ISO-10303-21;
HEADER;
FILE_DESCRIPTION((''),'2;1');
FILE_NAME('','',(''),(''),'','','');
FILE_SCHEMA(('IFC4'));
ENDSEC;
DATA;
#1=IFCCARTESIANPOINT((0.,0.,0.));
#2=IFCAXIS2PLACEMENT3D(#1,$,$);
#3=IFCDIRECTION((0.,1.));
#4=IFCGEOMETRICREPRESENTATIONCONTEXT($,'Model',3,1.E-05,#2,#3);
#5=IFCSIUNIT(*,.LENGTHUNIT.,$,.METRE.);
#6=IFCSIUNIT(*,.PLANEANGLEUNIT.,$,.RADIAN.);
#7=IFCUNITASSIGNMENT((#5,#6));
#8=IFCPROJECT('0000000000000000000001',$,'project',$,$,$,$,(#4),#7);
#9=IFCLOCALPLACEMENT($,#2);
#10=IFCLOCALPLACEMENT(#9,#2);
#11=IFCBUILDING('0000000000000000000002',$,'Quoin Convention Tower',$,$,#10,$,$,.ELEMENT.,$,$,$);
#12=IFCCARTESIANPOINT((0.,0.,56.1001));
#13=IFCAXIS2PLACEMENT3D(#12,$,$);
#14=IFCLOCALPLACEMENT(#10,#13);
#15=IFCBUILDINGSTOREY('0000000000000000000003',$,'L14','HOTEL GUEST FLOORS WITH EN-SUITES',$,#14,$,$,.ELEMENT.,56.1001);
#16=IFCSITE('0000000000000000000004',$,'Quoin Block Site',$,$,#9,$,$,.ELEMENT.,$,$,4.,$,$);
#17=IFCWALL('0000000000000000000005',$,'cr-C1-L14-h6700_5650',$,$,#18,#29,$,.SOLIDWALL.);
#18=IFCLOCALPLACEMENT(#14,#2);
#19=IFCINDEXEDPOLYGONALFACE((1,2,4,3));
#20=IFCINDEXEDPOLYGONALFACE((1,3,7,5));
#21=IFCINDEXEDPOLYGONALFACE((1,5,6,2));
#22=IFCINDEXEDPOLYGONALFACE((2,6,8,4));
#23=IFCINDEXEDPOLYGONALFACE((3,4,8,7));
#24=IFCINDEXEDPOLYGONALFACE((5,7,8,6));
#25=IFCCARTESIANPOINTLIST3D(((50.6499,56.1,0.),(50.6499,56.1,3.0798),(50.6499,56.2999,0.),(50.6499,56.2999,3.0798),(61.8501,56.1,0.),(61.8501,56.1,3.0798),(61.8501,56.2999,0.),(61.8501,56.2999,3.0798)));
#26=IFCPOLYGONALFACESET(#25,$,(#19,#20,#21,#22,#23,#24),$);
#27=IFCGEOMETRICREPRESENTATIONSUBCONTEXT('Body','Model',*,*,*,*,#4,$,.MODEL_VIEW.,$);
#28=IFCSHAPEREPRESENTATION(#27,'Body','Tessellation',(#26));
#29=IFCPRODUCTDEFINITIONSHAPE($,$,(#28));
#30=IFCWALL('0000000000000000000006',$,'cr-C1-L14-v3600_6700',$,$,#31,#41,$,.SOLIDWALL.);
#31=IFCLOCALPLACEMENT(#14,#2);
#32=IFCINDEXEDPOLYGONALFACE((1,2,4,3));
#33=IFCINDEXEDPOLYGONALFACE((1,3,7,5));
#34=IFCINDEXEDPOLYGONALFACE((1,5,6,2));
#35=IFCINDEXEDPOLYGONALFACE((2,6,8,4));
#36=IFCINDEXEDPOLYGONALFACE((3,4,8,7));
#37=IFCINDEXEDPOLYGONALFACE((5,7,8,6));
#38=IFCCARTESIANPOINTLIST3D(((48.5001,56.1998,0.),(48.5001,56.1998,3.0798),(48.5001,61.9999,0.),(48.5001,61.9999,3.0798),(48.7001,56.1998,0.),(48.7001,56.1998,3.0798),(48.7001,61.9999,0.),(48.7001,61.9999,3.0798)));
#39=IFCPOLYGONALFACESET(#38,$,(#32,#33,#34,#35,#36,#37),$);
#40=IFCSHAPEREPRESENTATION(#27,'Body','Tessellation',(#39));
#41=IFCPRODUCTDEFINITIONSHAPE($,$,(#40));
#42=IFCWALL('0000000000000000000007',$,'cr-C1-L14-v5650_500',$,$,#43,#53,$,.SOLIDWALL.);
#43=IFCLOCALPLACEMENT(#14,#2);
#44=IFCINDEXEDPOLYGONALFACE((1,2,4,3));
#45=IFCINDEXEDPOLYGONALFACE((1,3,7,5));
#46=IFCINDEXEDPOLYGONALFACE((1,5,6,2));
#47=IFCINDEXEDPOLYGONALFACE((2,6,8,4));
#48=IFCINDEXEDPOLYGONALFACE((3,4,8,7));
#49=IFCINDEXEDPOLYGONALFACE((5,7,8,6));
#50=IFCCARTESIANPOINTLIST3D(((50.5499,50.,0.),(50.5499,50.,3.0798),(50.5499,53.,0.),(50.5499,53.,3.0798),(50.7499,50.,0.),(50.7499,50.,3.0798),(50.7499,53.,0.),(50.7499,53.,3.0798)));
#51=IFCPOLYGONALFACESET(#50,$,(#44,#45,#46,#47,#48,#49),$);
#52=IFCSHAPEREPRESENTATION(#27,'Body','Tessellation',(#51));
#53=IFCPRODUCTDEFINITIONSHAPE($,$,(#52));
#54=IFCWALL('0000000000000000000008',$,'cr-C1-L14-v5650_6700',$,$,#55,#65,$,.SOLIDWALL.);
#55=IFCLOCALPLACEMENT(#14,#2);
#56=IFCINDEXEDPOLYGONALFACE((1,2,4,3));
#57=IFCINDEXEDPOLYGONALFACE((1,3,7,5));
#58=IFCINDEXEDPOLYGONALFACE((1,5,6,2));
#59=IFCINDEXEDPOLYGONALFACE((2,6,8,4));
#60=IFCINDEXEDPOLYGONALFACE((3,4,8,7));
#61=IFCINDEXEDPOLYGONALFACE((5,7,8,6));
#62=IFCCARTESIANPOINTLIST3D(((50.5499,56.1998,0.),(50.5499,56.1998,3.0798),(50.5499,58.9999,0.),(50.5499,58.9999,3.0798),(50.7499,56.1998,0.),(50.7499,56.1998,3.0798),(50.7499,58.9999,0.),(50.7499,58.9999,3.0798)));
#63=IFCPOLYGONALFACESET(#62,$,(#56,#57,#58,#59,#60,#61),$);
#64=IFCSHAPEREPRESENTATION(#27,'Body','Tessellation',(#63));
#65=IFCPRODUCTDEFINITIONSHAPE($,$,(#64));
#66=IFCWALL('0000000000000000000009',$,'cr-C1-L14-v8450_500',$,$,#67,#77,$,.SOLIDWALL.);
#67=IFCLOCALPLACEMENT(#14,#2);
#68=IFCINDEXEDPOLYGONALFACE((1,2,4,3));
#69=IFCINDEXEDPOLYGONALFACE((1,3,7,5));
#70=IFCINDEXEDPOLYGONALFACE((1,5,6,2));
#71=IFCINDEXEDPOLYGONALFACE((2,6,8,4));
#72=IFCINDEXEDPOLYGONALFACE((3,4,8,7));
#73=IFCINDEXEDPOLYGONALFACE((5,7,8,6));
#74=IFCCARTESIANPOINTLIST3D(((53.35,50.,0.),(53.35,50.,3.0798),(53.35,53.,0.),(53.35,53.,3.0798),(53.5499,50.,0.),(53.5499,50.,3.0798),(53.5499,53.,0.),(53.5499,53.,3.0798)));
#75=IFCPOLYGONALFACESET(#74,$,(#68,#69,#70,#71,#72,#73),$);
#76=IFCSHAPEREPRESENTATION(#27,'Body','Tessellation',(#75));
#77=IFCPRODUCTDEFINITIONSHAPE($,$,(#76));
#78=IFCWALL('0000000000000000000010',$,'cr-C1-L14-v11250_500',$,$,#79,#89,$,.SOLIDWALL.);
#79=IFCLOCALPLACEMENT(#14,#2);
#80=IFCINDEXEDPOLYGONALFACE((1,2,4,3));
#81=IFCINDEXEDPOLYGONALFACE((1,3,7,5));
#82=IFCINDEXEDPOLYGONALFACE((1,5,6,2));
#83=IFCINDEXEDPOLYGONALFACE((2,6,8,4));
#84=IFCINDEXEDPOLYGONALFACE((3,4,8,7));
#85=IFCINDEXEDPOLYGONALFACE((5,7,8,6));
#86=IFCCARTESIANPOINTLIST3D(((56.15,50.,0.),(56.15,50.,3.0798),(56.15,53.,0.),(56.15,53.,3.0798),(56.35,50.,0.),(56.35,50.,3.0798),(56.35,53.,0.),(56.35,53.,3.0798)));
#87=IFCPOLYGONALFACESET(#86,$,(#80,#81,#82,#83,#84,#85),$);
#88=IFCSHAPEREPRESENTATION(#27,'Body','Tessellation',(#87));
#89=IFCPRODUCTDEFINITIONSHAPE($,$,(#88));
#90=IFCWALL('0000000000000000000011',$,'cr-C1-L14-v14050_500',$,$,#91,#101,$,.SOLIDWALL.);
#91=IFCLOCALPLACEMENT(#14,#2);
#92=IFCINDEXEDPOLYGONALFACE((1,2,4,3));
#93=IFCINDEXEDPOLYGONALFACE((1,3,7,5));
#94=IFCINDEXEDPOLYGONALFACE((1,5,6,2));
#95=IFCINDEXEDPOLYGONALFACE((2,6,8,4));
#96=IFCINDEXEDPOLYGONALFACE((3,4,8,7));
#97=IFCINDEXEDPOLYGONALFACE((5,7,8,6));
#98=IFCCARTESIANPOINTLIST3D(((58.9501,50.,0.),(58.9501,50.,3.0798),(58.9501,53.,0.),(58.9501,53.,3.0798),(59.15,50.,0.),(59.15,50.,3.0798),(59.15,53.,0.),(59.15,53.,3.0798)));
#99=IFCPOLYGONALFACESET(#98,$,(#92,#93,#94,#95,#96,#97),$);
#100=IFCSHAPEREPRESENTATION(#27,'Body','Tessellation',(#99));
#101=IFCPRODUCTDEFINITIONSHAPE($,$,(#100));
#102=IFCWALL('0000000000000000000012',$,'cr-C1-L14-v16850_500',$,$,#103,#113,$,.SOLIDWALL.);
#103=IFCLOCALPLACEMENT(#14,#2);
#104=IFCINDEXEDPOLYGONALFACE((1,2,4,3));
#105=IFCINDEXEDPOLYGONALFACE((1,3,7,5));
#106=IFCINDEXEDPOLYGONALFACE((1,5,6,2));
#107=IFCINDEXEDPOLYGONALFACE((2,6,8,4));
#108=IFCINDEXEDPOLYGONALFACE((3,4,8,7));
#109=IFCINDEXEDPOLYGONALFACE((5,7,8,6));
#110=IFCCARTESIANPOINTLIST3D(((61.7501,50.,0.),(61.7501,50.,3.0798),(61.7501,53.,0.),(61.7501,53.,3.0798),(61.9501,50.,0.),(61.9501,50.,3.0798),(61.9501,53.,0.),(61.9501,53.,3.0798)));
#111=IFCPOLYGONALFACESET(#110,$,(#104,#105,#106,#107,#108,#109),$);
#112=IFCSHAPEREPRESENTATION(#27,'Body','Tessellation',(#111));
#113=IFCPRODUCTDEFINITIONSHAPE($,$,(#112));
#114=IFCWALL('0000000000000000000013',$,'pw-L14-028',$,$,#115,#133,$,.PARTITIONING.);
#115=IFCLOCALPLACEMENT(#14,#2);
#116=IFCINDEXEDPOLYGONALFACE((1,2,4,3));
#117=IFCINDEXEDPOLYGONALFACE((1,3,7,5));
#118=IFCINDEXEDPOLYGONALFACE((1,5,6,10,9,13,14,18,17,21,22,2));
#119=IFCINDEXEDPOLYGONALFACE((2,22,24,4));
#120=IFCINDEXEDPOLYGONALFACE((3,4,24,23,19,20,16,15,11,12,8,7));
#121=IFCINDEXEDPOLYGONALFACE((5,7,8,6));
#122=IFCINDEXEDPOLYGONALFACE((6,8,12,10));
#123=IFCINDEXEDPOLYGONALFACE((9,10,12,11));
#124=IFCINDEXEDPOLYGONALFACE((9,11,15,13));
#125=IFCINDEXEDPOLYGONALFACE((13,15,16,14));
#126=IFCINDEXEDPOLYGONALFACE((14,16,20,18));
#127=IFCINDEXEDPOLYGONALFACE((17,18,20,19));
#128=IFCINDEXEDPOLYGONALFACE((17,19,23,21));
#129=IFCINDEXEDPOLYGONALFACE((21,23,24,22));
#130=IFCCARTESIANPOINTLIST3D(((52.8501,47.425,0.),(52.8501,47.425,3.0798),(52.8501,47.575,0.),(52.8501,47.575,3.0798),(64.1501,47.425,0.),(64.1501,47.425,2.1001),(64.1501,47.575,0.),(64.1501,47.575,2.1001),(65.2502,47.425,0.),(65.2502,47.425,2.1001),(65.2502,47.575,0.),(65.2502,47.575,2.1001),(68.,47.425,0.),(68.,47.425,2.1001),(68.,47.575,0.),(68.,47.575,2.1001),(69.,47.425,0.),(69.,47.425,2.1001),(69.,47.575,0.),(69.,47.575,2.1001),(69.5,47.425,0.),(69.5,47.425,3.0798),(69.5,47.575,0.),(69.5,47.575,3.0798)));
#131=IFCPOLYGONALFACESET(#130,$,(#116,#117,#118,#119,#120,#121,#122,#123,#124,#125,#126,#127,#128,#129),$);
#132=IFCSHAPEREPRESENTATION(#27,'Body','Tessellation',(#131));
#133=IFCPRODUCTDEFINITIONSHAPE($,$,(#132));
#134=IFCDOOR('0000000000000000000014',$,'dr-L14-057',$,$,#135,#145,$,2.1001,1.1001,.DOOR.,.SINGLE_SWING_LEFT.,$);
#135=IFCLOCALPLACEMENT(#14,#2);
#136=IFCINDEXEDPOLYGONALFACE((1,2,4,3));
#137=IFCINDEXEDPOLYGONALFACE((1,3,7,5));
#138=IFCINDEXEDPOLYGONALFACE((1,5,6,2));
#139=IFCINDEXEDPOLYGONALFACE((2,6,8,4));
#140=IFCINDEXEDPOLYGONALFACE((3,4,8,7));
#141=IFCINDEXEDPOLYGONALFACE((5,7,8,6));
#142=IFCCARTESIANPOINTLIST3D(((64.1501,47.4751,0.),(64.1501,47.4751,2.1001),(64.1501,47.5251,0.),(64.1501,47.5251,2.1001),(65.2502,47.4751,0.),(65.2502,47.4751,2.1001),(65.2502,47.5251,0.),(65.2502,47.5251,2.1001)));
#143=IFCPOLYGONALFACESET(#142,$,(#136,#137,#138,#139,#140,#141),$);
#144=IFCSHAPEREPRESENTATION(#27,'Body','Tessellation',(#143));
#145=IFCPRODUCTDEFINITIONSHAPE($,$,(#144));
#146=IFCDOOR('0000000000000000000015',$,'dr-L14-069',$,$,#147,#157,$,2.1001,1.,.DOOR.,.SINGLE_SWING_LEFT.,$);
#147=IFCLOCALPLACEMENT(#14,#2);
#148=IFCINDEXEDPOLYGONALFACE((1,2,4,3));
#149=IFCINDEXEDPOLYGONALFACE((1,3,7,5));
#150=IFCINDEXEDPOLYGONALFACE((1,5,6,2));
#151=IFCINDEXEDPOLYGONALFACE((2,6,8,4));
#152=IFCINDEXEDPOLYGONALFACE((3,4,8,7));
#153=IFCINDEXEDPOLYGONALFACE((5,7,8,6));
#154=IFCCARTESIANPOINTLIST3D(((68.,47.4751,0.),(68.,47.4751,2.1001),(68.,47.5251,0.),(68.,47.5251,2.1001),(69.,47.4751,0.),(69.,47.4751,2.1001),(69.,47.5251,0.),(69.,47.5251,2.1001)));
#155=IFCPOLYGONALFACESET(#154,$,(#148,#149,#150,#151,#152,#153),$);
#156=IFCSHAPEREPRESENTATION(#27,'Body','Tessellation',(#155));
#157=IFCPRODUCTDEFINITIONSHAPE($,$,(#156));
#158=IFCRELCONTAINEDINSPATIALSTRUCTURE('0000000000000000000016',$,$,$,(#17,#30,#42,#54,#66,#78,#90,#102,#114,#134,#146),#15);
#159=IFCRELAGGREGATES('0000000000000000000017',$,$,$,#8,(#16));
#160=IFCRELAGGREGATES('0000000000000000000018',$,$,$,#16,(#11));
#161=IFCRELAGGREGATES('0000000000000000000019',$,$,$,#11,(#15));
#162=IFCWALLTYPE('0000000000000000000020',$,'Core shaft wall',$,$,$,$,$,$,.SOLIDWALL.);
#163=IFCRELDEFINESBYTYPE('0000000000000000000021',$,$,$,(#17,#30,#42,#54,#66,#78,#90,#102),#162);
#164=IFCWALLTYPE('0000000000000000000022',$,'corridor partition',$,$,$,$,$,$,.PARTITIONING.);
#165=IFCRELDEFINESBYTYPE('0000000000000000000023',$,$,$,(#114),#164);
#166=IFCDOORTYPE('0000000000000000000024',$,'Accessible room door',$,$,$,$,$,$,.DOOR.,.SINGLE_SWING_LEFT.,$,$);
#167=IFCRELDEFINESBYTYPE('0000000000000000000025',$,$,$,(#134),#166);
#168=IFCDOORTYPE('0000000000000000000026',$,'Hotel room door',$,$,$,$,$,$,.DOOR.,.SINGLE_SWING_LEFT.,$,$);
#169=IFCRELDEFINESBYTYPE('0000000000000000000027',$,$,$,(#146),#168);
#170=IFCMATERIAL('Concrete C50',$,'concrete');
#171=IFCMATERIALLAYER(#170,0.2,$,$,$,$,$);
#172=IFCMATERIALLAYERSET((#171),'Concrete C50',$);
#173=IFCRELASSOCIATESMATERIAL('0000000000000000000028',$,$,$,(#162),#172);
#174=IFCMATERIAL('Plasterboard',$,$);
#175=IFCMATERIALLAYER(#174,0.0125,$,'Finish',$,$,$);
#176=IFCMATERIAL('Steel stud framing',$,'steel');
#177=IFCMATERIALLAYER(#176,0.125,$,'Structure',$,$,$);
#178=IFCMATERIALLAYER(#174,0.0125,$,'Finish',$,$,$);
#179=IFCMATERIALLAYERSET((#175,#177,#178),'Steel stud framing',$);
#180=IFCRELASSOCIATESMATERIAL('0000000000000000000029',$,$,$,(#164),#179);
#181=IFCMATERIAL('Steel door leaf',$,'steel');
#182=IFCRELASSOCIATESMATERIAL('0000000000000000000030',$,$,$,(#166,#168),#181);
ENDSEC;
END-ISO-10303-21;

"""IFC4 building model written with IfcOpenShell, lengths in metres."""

from ifc_helpers import new_model, si_unit, direction, frame, frame_2d, origin, place, context, subcontext, project, spatial, rectangle, extrude, material, layer, layer_set, type_object, element, fill, save


model = new_model("IFC4")

# Units and contexts
model_context = context("Model", 3, precision=1e-05, world=origin(), true_north=direction((0.0, 1.0)))
body_context = subcontext(model_context, "Body", "Model", "MODEL_VIEW")
ifc_project = project(units=[si_unit("LENGTHUNIT", "METRE"), si_unit("PLANEANGLEUNIT", "RADIAN")], contexts=[model_context])

# Site, building, storey
site_placement = place(None, origin())
site = spatial("IfcSite", under=ifc_project, at=site_placement, Name="Quoin Block Site", CompositionType="ELEMENT", RefElevation=4.0)
building_placement = place(site_placement, origin())
building = spatial("IfcBuilding", under=site, at=building_placement, Name="Quoin Convention Tower", CompositionType="ELEMENT")
storey_placement = place(building_placement, frame((0.0, 0.0, 56.1001)))
storey = spatial("IfcBuildingStorey", under=building, at=storey_placement, Name="L14", Description="HOTEL GUEST FLOORS WITH EN-SUITES", CompositionType="ELEMENT", Elevation=56.1001)

# Shared definitions
ifc_material_1 = material(Name="Plasterboard")
ifc_material_2 = material(Name="Steel stud framing", Category="steel")
ifc_material_3 = material(Name="Steel door leaf", Category="steel")

# Shared definitions
ifc_material_4 = material(Name="Concrete C50", Category="concrete")
ifc_layer_1 = layer(ifc_material_4, 0.2)
ifc_layer_set_1 = layer_set([ifc_layer_1], Name="Concrete C50")
wall_type_1 = type_object("IfcWallType", Name="Core shaft wall", PredefinedType="SOLIDWALL", material=ifc_layer_set_1)

# Walls
wall_1_placement = place(storey_placement, frame((50.6499, 56.2, 0.0), z_axis=(0.0, 0.0, 1.0), x_axis=(1.0, 0.0, 0.0)))
element("IfcWall", 1, at=wall_1_placement, inside=storey, type_object=wall_type_1, Name="cr-C1-L14-h6700_5650", PredefinedType="SOLIDWALL", context=body_context, shape_type="SweptSolid", body=[
    extrude(rectangle(XDim=11.2002, YDim=0.2, at=frame_2d((5.6001, 0.0))), origin(), (0.0, 0.0, 1.0), 3.0798),
])
wall_2_placement = place(storey_placement, frame((48.6001, 56.2, 0.0), z_axis=(0.0, 0.0, 1.0), x_axis=(0.0, 1.0, 0.0)))
element("IfcWall", 2, at=wall_2_placement, inside=storey, type_object=wall_type_1, Name="cr-C1-L14-v3600_6700", PredefinedType="SOLIDWALL", context=body_context, shape_type="SweptSolid", body=[
    extrude(rectangle(XDim=5.8, YDim=0.2, at=frame_2d((2.8999, 0.0))), origin(), (0.0, 0.0, 1.0), 3.0798),
])
wall_3_placement = place(storey_placement, frame((50.6499, 50.0, 0.0), z_axis=(0.0, 0.0, 1.0), x_axis=(0.0, 1.0, 0.0)))
element("IfcWall", 3, at=wall_3_placement, inside=storey, type_object=wall_type_1, Name="cr-C1-L14-v5650_500", PredefinedType="SOLIDWALL", context=body_context, shape_type="SweptSolid", body=[
    extrude(rectangle(XDim=3.0, YDim=0.2, at=frame_2d((1.5, 0.0))), origin(), (0.0, 0.0, 1.0), 3.0798),
])
wall_4_placement = place(storey_placement, frame((50.6499, 56.2, 0.0), z_axis=(0.0, 0.0, 1.0), x_axis=(0.0, 1.0, 0.0)))
element("IfcWall", 4, at=wall_4_placement, inside=storey, type_object=wall_type_1, Name="cr-C1-L14-v5650_6700", PredefinedType="SOLIDWALL", context=body_context, shape_type="SweptSolid", body=[
    extrude(rectangle(XDim=2.8, YDim=0.2, at=frame_2d((1.3999, 0.0))), origin(), (0.0, 0.0, 1.0), 3.0798),
])
for number, where, z_axis, x_axis, name in (
    (5, (53.45, 50.0, 0.0), (0.0, 0.0, 1.0), (0.0, 1.0, 0.0), "cr-C1-L14-v8450_500"),
    (6, (56.25, 50.0, 0.0), (0.0, 0.0, 1.0), (0.0, 1.0, 0.0), "cr-C1-L14-v11250_500"),
    (7, (59.05, 50.0, 0.0), (0.0, 0.0, 1.0), (0.0, 1.0, 0.0), "cr-C1-L14-v14050_500"),
    (8, (61.8501, 50.0, 0.0), (0.0, 0.0, 1.0), (0.0, 1.0, 0.0), "cr-C1-L14-v16850_500"),
):
    element("IfcWall", number, at=place(storey_placement, frame(where, z_axis=z_axis, x_axis=x_axis)), inside=storey, type_object=wall_type_1, Name=name, PredefinedType="SOLIDWALL", context=body_context, shape_type="SweptSolid", body=[
        extrude(rectangle(XDim=3.0, YDim=0.2, at=frame_2d((1.5, 0.0))), origin(), (0.0, 0.0, 1.0), 3.0798),
    ])

# Wall, openings, doors
ifc_layer_2 = layer(ifc_material_1, 0.0125, Name="Finish")
ifc_layer_3 = layer(ifc_material_2, 0.125, Name="Structure")
ifc_layer_4 = layer(ifc_material_1, 0.0125, Name="Finish")
ifc_layer_set_2 = layer_set([ifc_layer_2, ifc_layer_3, ifc_layer_4], Name="Steel stud framing")
wall_type_2 = type_object("IfcWallType", Name="corridor partition", PredefinedType="PARTITIONING", material=ifc_layer_set_2)
wall_5_placement = place(storey_placement, frame((52.8501, 47.5, 0.0), z_axis=(0.0, 0.0, 1.0), x_axis=(1.0, 0.0, 0.0)))
wall_5 = element("IfcWall", 9, at=wall_5_placement, inside=storey, type_object=wall_type_2, Name="pw-L14-028", PredefinedType="PARTITIONING", context=body_context, shape_type="SweptSolid", body=[
    extrude(rectangle(XDim=16.6499, YDim=0.1499, at=frame_2d((8.325, 0.0))), origin(), (0.0, 0.0, 1.0), 3.0798),
])
opening_1_placement = place(wall_5_placement, frame((11.3, 0.0, 0.0)))
opening_1 = element("IfcOpeningElement", 10, at=opening_1_placement, cuts=wall_5, PredefinedType="OPENING", context=body_context, shape_type="SweptSolid", body=[
    extrude(rectangle(XDim=1.1001, YDim=2.1001, at=frame_2d((0.55, 1.05))), frame((0.0, 0.085, 0.0), z_axis=(0.0, -1.0, 0.0), x_axis=(1.0, 0.0, 0.0)), (0.0, 0.0, 1.0), 0.1699),
])
opening_2_placement = place(wall_5_placement, frame((15.1499, 0.0, 0.0)))
opening_2 = element("IfcOpeningElement", 11, at=opening_2_placement, cuts=wall_5, PredefinedType="OPENING", context=body_context, shape_type="SweptSolid", body=[
    extrude(rectangle(XDim=1.0, YDim=2.1001, at=frame_2d((0.5, 1.05))), frame((0.0, 0.085, 0.0), z_axis=(0.0, -1.0, 0.0), x_axis=(1.0, 0.0, 0.0)), (0.0, 0.0, 1.0), 0.1699),
])
door_type_1 = type_object("IfcDoorType", Name="Accessible room door", OperationType="SINGLE_SWING_LEFT", PredefinedType="DOOR", material=ifc_material_3)
door_1_placement = place(opening_1_placement, frame((1.1001, 0.0, 0.0), z_axis=(0.0, 0.0, 1.0), x_axis=(-1.0, 0.0, 0.0)))
door_1 = element("IfcDoor", 12, at=door_1_placement, inside=storey, type_object=door_type_1, Name="dr-L14-057", OperationType="SINGLE_SWING_LEFT", OverallHeight=2.1001, OverallWidth=1.1001, PredefinedType="DOOR", context=body_context, shape_type="SweptSolid", body=[
    extrude(rectangle(XDim=1.1001, YDim=2.1001, at=frame_2d((0.55, 1.05))), frame((0.0, 0.0249, 0.0), z_axis=(0.0, -1.0, 0.0), x_axis=(1.0, 0.0, 0.0)), (0.0, 0.0, 1.0), 0.05),
])
fill(opening_1, door_1)
door_type_2 = type_object("IfcDoorType", Name="Hotel room door", OperationType="SINGLE_SWING_LEFT", PredefinedType="DOOR", material=ifc_material_3)
door_2_placement = place(opening_2_placement, frame((1.0, 0.0, 0.0), z_axis=(0.0, 0.0, 1.0), x_axis=(-1.0, 0.0, 0.0)))
door_2 = element("IfcDoor", 13, at=door_2_placement, inside=storey, type_object=door_type_2, Name="dr-L14-069", OperationType="SINGLE_SWING_LEFT", OverallHeight=2.1001, OverallWidth=1.0, PredefinedType="DOOR", context=body_context, shape_type="SweptSolid", body=[
    extrude(rectangle(XDim=1.0, YDim=2.1001, at=frame_2d((0.5, 1.05))), frame((0.0, 0.0249, 0.0), z_axis=(0.0, -1.0, 0.0), x_axis=(1.0, 0.0, 0.0)), (0.0, 0.0, 1.0), 0.05),
])
fill(opening_2, door_2)

save(model, "model.ifc")
